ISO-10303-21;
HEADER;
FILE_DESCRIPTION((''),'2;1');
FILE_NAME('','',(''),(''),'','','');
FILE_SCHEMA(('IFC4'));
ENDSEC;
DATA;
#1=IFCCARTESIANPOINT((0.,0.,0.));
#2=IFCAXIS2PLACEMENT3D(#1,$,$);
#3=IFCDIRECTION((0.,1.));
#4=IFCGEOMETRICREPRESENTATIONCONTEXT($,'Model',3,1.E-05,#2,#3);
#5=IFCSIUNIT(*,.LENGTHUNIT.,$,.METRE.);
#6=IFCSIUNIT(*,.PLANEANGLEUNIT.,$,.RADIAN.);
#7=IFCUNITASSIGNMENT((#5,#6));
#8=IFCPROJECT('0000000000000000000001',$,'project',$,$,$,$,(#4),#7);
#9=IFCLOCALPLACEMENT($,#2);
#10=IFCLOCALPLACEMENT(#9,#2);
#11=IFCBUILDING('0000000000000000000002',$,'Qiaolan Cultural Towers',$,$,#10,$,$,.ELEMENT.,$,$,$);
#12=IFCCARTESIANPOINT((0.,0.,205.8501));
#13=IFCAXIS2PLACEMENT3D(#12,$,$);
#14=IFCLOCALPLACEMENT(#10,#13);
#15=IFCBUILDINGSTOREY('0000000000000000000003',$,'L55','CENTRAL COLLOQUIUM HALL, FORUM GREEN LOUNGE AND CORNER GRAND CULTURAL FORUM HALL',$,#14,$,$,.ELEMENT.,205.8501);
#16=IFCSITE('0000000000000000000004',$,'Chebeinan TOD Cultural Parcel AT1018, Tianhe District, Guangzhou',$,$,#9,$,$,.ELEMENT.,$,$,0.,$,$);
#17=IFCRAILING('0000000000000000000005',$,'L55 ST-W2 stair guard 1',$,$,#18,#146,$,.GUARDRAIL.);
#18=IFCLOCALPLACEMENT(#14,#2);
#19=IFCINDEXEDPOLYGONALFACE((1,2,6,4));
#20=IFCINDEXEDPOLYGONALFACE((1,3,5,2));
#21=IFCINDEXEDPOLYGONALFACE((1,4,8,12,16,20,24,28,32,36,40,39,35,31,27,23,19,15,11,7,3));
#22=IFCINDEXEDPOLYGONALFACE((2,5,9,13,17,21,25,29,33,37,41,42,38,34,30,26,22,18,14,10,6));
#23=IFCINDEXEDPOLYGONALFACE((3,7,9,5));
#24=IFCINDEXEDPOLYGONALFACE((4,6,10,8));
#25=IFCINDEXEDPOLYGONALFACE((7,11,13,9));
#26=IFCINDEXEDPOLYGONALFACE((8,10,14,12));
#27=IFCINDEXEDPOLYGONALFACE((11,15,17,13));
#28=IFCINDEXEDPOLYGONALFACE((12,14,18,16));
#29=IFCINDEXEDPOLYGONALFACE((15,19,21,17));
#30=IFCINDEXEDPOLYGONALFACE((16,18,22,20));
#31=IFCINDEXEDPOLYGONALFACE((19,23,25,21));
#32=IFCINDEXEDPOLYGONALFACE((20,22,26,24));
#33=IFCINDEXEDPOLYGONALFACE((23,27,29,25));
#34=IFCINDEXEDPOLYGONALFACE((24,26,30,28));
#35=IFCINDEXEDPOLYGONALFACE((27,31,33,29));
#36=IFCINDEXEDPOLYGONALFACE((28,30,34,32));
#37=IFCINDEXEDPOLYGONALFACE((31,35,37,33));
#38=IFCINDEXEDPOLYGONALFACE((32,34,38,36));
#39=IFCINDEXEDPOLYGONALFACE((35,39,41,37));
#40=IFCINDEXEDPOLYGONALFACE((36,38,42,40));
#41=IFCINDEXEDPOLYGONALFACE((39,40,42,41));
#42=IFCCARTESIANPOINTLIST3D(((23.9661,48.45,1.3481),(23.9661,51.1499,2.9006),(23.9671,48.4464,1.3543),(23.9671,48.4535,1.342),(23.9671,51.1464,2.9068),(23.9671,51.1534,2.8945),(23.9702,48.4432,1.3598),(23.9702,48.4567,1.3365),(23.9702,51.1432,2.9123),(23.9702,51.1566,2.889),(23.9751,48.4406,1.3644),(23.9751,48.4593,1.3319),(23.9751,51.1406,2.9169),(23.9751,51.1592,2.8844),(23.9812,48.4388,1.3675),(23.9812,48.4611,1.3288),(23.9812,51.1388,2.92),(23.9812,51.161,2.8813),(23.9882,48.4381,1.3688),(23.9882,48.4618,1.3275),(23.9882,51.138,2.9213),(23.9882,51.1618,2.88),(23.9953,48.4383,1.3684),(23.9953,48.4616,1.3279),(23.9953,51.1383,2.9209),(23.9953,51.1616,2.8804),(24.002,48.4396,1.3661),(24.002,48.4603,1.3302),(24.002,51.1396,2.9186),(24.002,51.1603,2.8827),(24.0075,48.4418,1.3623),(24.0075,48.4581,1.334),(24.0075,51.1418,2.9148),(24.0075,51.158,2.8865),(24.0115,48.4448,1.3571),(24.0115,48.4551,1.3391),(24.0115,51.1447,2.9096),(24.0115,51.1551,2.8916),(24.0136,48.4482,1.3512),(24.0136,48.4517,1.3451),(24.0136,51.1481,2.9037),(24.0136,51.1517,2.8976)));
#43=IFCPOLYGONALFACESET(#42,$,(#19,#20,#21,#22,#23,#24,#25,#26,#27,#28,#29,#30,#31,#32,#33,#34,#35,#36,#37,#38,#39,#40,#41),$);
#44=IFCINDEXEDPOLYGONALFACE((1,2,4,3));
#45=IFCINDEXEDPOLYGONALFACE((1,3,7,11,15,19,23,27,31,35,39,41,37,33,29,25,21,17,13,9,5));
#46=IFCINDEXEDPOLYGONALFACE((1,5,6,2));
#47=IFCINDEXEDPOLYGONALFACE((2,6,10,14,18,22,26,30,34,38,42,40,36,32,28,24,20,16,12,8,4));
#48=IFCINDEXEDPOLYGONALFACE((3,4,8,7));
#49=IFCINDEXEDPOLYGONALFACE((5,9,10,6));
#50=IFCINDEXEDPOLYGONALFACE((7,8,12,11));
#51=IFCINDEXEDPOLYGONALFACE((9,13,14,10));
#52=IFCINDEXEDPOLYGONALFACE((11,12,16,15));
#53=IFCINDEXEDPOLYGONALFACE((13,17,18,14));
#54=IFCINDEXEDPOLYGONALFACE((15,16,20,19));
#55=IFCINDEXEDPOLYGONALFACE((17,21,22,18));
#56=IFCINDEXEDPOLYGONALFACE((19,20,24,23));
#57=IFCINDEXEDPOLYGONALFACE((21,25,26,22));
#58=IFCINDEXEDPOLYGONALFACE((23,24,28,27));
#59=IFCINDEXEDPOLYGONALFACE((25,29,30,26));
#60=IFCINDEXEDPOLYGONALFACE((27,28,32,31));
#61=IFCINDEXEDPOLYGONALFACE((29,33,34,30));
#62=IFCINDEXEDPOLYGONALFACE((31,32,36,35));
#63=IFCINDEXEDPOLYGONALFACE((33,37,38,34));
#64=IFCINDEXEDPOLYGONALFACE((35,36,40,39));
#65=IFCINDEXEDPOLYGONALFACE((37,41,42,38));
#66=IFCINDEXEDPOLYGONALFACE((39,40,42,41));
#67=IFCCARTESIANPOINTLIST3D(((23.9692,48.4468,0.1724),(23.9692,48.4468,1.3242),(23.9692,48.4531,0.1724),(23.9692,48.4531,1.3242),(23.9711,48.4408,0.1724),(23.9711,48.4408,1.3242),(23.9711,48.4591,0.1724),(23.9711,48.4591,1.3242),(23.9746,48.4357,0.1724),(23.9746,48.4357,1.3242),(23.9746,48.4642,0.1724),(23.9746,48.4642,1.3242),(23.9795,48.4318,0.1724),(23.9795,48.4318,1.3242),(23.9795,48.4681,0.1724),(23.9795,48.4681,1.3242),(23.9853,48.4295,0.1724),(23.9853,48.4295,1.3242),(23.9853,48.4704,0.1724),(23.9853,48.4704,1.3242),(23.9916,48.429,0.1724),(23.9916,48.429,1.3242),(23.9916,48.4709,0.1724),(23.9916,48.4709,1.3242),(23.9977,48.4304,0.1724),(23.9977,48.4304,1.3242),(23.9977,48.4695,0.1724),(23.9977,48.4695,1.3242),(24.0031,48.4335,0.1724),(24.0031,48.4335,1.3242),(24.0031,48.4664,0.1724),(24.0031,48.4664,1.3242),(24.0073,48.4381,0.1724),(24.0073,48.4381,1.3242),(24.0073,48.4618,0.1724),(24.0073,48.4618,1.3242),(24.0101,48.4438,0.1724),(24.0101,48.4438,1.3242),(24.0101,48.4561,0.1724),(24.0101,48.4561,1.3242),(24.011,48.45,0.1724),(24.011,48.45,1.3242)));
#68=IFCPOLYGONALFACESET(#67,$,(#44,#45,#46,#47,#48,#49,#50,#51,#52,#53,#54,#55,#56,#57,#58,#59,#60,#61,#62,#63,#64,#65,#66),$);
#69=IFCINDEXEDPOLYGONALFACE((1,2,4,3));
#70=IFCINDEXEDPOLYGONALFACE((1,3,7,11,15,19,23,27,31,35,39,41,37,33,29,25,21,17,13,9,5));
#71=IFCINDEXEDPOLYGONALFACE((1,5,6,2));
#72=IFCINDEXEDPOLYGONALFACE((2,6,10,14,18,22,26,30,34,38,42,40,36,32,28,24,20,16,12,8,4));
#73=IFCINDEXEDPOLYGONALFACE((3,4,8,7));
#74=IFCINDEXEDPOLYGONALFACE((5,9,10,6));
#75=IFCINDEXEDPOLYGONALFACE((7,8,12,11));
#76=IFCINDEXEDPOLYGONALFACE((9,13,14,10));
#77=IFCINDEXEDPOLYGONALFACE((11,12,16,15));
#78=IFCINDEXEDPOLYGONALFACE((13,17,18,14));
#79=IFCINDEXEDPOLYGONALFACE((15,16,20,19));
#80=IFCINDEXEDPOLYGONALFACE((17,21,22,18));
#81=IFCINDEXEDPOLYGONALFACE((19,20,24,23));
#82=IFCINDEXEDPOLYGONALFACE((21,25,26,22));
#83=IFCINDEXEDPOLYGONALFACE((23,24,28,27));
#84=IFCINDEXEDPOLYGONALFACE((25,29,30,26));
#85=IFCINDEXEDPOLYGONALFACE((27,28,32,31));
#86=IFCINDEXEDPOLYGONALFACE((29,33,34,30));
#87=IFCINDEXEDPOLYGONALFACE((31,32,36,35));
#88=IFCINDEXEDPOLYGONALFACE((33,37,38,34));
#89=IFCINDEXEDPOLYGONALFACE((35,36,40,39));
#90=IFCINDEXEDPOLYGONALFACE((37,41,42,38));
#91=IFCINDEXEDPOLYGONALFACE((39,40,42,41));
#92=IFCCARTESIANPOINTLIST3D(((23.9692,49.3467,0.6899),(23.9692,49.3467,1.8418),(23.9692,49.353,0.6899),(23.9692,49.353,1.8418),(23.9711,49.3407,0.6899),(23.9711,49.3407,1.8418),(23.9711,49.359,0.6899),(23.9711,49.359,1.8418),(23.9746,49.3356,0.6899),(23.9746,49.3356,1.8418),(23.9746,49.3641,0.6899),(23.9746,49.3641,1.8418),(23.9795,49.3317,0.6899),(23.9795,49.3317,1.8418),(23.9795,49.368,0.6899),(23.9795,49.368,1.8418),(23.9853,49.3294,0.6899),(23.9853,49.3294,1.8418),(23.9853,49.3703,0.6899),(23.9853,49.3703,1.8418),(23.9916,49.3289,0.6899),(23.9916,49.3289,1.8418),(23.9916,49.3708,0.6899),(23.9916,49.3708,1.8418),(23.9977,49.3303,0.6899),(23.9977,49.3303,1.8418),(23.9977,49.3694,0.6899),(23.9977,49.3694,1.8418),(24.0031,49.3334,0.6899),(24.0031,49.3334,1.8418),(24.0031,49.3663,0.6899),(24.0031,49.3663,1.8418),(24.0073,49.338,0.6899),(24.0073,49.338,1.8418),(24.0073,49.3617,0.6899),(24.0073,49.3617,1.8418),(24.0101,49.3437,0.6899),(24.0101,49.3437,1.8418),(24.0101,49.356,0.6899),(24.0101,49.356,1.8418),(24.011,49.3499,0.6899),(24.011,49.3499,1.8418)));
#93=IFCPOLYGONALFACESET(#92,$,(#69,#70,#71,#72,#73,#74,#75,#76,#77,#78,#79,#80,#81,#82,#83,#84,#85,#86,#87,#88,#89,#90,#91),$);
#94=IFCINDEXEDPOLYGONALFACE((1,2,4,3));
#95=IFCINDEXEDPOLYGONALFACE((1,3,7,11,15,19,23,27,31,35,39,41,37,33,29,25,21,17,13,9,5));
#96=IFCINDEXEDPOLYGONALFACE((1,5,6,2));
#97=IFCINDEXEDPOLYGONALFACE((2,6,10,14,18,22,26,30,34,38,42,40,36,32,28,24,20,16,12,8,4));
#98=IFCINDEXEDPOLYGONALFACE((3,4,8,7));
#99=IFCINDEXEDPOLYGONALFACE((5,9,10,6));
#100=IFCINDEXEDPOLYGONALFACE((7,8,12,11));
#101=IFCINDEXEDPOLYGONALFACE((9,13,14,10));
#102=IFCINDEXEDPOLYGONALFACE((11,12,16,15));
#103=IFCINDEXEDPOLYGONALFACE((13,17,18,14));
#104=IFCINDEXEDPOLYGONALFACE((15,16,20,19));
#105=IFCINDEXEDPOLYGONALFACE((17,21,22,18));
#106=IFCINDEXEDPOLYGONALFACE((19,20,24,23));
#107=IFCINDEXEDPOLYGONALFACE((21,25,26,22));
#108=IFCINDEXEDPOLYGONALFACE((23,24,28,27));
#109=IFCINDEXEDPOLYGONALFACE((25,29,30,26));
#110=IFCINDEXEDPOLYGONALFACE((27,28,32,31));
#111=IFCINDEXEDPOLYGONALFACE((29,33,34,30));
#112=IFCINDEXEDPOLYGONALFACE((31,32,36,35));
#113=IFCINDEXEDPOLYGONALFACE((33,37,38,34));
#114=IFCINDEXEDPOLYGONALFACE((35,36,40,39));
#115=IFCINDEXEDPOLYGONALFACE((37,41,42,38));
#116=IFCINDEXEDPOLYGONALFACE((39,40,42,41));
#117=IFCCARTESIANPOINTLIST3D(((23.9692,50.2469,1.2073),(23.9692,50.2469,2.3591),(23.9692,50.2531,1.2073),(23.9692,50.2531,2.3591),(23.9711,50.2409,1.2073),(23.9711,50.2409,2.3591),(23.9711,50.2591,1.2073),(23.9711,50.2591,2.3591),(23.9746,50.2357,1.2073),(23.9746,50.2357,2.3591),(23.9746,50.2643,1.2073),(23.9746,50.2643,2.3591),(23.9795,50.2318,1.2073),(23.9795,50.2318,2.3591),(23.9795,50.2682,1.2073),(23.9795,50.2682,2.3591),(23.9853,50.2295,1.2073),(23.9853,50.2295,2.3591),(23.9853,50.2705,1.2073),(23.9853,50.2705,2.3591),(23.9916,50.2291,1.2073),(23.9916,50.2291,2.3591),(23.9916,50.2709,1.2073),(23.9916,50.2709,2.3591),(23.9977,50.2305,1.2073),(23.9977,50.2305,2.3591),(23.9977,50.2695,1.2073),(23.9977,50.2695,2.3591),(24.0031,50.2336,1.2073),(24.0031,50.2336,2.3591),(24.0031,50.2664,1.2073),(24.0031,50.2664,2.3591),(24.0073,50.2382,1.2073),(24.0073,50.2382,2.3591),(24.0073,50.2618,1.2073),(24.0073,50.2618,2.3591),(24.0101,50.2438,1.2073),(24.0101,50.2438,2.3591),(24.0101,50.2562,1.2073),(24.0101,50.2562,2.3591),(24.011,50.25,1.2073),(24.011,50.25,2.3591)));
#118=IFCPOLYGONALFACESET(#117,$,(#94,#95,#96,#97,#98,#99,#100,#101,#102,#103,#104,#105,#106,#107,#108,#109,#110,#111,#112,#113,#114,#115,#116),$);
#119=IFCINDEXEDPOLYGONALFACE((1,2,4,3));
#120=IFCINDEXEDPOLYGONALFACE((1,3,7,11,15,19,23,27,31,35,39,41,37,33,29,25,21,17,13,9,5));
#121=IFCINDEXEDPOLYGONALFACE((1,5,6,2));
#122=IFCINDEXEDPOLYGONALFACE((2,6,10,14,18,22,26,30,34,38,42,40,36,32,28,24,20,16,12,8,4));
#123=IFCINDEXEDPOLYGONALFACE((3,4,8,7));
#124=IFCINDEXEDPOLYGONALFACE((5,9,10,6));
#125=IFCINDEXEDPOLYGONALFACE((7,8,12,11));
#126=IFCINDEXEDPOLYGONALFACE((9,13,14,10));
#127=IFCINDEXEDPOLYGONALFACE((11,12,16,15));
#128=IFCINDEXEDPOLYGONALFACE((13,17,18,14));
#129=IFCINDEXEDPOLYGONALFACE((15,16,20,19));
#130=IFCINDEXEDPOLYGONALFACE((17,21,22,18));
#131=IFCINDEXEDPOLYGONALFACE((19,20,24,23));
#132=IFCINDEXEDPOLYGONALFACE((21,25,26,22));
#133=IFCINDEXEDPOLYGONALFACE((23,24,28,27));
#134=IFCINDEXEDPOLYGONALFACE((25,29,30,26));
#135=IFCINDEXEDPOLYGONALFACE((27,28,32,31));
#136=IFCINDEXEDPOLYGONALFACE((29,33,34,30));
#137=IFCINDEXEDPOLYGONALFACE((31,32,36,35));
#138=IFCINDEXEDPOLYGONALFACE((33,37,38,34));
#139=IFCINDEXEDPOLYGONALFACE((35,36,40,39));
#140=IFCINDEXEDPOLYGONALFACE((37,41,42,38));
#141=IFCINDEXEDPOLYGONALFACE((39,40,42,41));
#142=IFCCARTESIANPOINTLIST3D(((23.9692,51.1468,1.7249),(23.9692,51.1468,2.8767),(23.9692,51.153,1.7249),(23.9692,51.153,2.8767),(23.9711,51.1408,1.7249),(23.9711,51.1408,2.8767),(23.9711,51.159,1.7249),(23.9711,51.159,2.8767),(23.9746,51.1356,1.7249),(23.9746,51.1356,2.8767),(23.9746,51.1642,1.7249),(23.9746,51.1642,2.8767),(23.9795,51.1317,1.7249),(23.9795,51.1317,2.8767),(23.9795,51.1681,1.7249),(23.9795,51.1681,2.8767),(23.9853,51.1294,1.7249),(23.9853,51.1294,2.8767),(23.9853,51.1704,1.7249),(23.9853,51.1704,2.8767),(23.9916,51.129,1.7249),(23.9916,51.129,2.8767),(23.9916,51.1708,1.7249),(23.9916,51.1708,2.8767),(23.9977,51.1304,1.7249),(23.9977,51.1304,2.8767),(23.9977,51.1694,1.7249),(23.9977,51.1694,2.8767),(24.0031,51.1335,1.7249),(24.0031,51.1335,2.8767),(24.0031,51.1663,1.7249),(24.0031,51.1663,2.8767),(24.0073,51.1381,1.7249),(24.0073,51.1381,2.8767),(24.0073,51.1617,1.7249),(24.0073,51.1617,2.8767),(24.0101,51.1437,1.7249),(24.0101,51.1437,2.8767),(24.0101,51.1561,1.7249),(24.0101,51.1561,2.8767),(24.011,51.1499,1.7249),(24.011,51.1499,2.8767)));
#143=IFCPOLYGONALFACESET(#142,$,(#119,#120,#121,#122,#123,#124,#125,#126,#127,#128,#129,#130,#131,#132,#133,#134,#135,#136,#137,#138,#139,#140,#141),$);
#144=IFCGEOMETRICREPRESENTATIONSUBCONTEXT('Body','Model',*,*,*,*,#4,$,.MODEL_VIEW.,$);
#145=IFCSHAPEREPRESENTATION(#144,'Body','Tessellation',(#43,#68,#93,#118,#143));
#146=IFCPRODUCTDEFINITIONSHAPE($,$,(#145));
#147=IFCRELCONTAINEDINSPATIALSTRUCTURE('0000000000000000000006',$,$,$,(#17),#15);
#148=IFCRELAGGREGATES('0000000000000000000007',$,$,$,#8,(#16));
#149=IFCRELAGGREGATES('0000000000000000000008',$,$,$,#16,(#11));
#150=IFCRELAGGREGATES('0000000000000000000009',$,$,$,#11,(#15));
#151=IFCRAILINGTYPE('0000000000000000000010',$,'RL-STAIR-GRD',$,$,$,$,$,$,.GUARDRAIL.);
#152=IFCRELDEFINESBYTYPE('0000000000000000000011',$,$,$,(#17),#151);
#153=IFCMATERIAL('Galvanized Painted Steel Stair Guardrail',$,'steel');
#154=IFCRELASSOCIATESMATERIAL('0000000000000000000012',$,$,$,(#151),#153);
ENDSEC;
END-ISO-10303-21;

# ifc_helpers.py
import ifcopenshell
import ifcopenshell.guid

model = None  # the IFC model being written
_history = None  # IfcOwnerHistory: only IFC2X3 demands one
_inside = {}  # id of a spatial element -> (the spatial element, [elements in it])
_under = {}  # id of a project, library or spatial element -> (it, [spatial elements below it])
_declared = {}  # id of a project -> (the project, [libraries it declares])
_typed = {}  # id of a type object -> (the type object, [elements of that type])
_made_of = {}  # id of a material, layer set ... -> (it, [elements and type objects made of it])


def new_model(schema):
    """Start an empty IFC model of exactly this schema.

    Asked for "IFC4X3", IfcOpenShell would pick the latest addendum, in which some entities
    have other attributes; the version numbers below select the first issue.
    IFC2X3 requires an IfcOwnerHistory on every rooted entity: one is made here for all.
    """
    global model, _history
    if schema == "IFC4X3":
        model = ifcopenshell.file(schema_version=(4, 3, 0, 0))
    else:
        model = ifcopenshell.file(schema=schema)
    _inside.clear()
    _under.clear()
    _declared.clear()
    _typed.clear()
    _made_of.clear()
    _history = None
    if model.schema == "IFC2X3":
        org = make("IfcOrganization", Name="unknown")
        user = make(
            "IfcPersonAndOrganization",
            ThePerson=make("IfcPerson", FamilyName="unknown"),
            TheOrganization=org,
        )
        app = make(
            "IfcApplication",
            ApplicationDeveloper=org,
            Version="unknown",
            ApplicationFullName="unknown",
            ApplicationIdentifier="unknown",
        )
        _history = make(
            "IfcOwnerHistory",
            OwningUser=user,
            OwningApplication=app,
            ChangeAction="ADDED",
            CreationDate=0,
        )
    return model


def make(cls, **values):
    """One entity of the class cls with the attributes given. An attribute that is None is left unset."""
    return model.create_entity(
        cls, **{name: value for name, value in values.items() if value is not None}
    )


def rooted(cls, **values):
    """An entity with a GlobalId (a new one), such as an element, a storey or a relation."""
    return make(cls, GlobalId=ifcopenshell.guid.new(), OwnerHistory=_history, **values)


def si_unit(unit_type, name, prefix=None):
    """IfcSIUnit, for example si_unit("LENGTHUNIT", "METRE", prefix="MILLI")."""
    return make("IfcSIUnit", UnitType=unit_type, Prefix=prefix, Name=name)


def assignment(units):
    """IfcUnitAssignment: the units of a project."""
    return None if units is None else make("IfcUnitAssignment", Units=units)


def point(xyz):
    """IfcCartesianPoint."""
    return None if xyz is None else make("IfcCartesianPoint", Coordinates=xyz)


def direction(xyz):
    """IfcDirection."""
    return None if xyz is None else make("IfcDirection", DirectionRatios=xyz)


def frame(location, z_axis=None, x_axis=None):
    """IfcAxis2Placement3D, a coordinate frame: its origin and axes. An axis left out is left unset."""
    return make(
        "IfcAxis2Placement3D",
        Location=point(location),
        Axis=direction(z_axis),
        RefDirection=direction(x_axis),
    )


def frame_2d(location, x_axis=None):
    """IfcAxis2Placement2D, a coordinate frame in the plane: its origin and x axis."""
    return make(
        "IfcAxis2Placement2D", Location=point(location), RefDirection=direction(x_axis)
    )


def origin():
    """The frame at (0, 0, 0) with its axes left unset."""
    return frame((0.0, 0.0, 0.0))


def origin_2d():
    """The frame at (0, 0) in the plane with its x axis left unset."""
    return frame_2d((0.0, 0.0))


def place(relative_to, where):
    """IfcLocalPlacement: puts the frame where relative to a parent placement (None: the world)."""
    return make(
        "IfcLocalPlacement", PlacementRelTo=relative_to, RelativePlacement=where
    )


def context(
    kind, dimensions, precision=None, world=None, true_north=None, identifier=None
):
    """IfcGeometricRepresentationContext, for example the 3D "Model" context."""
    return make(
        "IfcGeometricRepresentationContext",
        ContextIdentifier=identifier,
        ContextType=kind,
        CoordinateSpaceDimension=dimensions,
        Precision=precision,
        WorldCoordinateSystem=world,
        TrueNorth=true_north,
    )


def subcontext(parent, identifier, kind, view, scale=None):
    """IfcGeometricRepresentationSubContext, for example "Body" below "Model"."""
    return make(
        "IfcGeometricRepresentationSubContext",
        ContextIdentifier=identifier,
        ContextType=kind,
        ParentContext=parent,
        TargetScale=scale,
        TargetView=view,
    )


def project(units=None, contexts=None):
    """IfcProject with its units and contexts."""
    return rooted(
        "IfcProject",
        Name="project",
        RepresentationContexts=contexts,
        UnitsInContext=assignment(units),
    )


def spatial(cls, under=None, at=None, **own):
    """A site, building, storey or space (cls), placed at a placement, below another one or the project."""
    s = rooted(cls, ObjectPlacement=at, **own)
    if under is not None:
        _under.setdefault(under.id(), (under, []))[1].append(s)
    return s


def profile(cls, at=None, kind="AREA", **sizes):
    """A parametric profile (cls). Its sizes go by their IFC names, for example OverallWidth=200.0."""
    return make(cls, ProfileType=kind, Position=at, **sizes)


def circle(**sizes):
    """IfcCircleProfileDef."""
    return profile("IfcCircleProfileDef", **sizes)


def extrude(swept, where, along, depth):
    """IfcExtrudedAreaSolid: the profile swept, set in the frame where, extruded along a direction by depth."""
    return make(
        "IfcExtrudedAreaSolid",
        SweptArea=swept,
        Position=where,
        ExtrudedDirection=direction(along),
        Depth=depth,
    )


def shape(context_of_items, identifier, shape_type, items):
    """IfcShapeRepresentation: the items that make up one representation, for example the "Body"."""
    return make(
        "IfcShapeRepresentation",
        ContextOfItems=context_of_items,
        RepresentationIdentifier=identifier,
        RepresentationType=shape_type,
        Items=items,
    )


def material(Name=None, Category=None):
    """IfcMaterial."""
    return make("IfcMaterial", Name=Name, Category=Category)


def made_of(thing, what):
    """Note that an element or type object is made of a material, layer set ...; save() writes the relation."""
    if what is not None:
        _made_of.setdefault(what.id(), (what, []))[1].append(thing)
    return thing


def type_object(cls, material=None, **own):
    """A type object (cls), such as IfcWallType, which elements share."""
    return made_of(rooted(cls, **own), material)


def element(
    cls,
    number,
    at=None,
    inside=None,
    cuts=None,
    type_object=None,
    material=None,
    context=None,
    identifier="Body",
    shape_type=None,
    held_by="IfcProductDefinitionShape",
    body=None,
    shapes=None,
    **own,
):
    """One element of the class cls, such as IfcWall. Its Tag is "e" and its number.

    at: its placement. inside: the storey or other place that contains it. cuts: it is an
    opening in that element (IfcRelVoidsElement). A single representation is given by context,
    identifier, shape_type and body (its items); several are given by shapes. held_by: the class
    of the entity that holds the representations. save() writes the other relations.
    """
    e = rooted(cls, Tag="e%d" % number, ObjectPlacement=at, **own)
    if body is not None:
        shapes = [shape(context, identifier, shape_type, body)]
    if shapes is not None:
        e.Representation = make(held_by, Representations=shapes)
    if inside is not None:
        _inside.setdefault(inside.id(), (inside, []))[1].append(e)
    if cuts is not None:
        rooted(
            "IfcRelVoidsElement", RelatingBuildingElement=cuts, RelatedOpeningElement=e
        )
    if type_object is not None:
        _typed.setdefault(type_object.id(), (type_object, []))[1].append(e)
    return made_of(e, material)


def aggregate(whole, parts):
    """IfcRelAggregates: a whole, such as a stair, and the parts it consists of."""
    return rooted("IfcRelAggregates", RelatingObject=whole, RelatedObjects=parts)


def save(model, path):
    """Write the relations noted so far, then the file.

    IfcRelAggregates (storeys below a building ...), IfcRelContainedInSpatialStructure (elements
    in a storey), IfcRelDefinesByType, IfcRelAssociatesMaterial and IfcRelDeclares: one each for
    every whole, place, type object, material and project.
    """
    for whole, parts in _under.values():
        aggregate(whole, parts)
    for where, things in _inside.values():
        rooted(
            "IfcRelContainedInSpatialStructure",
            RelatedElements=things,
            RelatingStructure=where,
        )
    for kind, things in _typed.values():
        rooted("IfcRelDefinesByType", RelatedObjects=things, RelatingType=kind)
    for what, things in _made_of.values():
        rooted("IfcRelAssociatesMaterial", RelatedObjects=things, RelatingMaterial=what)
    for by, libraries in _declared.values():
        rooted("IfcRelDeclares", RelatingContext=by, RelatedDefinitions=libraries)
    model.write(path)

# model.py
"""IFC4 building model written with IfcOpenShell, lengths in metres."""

from ifc_helpers import new_model, si_unit, direction, frame, origin, origin_2d, place, context, subcontext, project, spatial, circle, extrude, material, type_object, element, save


model = new_model("IFC4")

# Units and contexts
model_context = context("Model", 3, precision=1e-05, world=origin(), true_north=direction((0.0, 1.0)))
body_context = subcontext(model_context, "Body", "Model", "MODEL_VIEW")
ifc_project = project(units=[si_unit("LENGTHUNIT", "METRE"), si_unit("PLANEANGLEUNIT", "RADIAN")], contexts=[model_context])

# Site, building, storey
site_placement = place(None, origin())
site = spatial("IfcSite", under=ifc_project, at=site_placement, Name="Chebeinan TOD Cultural Parcel AT1018, Tianhe District, Guangzhou", CompositionType="ELEMENT", RefElevation=0.0)
building_placement = place(site_placement, origin())
building = spatial("IfcBuilding", under=site, at=building_placement, Name="Qiaolan Cultural Towers", CompositionType="ELEMENT")
storey_placement = place(building_placement, frame((0.0, 0.0, 205.8501)))
storey = spatial("IfcBuildingStorey", under=building, at=storey_placement, Name="L55", Description="CENTRAL COLLOQUIUM HALL, FORUM GREEN LOUNGE AND CORNER GRAND CULTURAL FORUM HALL", CompositionType="ELEMENT", Elevation=205.8501)

# Railing
ifc_material_1 = material(Name="Galvanized Painted Steel Stair Guardrail", Category="steel")
railing_type_1 = type_object("IfcRailingType", Name="RL-STAIR-GRD", PredefinedType="GUARDRAIL", material=ifc_material_1)
railing_1_placement = place(storey_placement, frame((23.99, 48.45, 0.1724)))
element("IfcRailing", 1, at=railing_1_placement, inside=storey, type_object=railing_type_1, Name="L55 ST-W2 stair guard 1", PredefinedType="GUARDRAIL", context=body_context, shape_type="SweptSolid", body=[
    extrude(circle(Radius=0.0239, at=origin_2d()), frame((0.0, 0.0, 1.1758), z_axis=(0.0, 0.866904, 0.498476), x_axis=(-1.0, 0.0, 0.0)), (0.0, 0.0, 1.0), 3.1145),
    extrude(circle(Radius=0.021, at=origin_2d()), origin(), (0.0, 0.0, 1.0), 1.1519),
    extrude(circle(Radius=0.021, at=origin_2d()), frame((0.0, 0.8999, 0.5176)), (0.0, 0.0, 1.0), 1.1519),
    extrude(circle(Radius=0.021, at=origin_2d()), frame((0.0, 1.8, 1.0349)), (0.0, 0.0, 1.0), 1.1519),
    extrude(circle(Radius=0.021, at=origin_2d()), frame((0.0, 2.7, 1.5525)), (0.0, 0.0, 1.0), 1.1519),
])

save(model, "model.ifc")
